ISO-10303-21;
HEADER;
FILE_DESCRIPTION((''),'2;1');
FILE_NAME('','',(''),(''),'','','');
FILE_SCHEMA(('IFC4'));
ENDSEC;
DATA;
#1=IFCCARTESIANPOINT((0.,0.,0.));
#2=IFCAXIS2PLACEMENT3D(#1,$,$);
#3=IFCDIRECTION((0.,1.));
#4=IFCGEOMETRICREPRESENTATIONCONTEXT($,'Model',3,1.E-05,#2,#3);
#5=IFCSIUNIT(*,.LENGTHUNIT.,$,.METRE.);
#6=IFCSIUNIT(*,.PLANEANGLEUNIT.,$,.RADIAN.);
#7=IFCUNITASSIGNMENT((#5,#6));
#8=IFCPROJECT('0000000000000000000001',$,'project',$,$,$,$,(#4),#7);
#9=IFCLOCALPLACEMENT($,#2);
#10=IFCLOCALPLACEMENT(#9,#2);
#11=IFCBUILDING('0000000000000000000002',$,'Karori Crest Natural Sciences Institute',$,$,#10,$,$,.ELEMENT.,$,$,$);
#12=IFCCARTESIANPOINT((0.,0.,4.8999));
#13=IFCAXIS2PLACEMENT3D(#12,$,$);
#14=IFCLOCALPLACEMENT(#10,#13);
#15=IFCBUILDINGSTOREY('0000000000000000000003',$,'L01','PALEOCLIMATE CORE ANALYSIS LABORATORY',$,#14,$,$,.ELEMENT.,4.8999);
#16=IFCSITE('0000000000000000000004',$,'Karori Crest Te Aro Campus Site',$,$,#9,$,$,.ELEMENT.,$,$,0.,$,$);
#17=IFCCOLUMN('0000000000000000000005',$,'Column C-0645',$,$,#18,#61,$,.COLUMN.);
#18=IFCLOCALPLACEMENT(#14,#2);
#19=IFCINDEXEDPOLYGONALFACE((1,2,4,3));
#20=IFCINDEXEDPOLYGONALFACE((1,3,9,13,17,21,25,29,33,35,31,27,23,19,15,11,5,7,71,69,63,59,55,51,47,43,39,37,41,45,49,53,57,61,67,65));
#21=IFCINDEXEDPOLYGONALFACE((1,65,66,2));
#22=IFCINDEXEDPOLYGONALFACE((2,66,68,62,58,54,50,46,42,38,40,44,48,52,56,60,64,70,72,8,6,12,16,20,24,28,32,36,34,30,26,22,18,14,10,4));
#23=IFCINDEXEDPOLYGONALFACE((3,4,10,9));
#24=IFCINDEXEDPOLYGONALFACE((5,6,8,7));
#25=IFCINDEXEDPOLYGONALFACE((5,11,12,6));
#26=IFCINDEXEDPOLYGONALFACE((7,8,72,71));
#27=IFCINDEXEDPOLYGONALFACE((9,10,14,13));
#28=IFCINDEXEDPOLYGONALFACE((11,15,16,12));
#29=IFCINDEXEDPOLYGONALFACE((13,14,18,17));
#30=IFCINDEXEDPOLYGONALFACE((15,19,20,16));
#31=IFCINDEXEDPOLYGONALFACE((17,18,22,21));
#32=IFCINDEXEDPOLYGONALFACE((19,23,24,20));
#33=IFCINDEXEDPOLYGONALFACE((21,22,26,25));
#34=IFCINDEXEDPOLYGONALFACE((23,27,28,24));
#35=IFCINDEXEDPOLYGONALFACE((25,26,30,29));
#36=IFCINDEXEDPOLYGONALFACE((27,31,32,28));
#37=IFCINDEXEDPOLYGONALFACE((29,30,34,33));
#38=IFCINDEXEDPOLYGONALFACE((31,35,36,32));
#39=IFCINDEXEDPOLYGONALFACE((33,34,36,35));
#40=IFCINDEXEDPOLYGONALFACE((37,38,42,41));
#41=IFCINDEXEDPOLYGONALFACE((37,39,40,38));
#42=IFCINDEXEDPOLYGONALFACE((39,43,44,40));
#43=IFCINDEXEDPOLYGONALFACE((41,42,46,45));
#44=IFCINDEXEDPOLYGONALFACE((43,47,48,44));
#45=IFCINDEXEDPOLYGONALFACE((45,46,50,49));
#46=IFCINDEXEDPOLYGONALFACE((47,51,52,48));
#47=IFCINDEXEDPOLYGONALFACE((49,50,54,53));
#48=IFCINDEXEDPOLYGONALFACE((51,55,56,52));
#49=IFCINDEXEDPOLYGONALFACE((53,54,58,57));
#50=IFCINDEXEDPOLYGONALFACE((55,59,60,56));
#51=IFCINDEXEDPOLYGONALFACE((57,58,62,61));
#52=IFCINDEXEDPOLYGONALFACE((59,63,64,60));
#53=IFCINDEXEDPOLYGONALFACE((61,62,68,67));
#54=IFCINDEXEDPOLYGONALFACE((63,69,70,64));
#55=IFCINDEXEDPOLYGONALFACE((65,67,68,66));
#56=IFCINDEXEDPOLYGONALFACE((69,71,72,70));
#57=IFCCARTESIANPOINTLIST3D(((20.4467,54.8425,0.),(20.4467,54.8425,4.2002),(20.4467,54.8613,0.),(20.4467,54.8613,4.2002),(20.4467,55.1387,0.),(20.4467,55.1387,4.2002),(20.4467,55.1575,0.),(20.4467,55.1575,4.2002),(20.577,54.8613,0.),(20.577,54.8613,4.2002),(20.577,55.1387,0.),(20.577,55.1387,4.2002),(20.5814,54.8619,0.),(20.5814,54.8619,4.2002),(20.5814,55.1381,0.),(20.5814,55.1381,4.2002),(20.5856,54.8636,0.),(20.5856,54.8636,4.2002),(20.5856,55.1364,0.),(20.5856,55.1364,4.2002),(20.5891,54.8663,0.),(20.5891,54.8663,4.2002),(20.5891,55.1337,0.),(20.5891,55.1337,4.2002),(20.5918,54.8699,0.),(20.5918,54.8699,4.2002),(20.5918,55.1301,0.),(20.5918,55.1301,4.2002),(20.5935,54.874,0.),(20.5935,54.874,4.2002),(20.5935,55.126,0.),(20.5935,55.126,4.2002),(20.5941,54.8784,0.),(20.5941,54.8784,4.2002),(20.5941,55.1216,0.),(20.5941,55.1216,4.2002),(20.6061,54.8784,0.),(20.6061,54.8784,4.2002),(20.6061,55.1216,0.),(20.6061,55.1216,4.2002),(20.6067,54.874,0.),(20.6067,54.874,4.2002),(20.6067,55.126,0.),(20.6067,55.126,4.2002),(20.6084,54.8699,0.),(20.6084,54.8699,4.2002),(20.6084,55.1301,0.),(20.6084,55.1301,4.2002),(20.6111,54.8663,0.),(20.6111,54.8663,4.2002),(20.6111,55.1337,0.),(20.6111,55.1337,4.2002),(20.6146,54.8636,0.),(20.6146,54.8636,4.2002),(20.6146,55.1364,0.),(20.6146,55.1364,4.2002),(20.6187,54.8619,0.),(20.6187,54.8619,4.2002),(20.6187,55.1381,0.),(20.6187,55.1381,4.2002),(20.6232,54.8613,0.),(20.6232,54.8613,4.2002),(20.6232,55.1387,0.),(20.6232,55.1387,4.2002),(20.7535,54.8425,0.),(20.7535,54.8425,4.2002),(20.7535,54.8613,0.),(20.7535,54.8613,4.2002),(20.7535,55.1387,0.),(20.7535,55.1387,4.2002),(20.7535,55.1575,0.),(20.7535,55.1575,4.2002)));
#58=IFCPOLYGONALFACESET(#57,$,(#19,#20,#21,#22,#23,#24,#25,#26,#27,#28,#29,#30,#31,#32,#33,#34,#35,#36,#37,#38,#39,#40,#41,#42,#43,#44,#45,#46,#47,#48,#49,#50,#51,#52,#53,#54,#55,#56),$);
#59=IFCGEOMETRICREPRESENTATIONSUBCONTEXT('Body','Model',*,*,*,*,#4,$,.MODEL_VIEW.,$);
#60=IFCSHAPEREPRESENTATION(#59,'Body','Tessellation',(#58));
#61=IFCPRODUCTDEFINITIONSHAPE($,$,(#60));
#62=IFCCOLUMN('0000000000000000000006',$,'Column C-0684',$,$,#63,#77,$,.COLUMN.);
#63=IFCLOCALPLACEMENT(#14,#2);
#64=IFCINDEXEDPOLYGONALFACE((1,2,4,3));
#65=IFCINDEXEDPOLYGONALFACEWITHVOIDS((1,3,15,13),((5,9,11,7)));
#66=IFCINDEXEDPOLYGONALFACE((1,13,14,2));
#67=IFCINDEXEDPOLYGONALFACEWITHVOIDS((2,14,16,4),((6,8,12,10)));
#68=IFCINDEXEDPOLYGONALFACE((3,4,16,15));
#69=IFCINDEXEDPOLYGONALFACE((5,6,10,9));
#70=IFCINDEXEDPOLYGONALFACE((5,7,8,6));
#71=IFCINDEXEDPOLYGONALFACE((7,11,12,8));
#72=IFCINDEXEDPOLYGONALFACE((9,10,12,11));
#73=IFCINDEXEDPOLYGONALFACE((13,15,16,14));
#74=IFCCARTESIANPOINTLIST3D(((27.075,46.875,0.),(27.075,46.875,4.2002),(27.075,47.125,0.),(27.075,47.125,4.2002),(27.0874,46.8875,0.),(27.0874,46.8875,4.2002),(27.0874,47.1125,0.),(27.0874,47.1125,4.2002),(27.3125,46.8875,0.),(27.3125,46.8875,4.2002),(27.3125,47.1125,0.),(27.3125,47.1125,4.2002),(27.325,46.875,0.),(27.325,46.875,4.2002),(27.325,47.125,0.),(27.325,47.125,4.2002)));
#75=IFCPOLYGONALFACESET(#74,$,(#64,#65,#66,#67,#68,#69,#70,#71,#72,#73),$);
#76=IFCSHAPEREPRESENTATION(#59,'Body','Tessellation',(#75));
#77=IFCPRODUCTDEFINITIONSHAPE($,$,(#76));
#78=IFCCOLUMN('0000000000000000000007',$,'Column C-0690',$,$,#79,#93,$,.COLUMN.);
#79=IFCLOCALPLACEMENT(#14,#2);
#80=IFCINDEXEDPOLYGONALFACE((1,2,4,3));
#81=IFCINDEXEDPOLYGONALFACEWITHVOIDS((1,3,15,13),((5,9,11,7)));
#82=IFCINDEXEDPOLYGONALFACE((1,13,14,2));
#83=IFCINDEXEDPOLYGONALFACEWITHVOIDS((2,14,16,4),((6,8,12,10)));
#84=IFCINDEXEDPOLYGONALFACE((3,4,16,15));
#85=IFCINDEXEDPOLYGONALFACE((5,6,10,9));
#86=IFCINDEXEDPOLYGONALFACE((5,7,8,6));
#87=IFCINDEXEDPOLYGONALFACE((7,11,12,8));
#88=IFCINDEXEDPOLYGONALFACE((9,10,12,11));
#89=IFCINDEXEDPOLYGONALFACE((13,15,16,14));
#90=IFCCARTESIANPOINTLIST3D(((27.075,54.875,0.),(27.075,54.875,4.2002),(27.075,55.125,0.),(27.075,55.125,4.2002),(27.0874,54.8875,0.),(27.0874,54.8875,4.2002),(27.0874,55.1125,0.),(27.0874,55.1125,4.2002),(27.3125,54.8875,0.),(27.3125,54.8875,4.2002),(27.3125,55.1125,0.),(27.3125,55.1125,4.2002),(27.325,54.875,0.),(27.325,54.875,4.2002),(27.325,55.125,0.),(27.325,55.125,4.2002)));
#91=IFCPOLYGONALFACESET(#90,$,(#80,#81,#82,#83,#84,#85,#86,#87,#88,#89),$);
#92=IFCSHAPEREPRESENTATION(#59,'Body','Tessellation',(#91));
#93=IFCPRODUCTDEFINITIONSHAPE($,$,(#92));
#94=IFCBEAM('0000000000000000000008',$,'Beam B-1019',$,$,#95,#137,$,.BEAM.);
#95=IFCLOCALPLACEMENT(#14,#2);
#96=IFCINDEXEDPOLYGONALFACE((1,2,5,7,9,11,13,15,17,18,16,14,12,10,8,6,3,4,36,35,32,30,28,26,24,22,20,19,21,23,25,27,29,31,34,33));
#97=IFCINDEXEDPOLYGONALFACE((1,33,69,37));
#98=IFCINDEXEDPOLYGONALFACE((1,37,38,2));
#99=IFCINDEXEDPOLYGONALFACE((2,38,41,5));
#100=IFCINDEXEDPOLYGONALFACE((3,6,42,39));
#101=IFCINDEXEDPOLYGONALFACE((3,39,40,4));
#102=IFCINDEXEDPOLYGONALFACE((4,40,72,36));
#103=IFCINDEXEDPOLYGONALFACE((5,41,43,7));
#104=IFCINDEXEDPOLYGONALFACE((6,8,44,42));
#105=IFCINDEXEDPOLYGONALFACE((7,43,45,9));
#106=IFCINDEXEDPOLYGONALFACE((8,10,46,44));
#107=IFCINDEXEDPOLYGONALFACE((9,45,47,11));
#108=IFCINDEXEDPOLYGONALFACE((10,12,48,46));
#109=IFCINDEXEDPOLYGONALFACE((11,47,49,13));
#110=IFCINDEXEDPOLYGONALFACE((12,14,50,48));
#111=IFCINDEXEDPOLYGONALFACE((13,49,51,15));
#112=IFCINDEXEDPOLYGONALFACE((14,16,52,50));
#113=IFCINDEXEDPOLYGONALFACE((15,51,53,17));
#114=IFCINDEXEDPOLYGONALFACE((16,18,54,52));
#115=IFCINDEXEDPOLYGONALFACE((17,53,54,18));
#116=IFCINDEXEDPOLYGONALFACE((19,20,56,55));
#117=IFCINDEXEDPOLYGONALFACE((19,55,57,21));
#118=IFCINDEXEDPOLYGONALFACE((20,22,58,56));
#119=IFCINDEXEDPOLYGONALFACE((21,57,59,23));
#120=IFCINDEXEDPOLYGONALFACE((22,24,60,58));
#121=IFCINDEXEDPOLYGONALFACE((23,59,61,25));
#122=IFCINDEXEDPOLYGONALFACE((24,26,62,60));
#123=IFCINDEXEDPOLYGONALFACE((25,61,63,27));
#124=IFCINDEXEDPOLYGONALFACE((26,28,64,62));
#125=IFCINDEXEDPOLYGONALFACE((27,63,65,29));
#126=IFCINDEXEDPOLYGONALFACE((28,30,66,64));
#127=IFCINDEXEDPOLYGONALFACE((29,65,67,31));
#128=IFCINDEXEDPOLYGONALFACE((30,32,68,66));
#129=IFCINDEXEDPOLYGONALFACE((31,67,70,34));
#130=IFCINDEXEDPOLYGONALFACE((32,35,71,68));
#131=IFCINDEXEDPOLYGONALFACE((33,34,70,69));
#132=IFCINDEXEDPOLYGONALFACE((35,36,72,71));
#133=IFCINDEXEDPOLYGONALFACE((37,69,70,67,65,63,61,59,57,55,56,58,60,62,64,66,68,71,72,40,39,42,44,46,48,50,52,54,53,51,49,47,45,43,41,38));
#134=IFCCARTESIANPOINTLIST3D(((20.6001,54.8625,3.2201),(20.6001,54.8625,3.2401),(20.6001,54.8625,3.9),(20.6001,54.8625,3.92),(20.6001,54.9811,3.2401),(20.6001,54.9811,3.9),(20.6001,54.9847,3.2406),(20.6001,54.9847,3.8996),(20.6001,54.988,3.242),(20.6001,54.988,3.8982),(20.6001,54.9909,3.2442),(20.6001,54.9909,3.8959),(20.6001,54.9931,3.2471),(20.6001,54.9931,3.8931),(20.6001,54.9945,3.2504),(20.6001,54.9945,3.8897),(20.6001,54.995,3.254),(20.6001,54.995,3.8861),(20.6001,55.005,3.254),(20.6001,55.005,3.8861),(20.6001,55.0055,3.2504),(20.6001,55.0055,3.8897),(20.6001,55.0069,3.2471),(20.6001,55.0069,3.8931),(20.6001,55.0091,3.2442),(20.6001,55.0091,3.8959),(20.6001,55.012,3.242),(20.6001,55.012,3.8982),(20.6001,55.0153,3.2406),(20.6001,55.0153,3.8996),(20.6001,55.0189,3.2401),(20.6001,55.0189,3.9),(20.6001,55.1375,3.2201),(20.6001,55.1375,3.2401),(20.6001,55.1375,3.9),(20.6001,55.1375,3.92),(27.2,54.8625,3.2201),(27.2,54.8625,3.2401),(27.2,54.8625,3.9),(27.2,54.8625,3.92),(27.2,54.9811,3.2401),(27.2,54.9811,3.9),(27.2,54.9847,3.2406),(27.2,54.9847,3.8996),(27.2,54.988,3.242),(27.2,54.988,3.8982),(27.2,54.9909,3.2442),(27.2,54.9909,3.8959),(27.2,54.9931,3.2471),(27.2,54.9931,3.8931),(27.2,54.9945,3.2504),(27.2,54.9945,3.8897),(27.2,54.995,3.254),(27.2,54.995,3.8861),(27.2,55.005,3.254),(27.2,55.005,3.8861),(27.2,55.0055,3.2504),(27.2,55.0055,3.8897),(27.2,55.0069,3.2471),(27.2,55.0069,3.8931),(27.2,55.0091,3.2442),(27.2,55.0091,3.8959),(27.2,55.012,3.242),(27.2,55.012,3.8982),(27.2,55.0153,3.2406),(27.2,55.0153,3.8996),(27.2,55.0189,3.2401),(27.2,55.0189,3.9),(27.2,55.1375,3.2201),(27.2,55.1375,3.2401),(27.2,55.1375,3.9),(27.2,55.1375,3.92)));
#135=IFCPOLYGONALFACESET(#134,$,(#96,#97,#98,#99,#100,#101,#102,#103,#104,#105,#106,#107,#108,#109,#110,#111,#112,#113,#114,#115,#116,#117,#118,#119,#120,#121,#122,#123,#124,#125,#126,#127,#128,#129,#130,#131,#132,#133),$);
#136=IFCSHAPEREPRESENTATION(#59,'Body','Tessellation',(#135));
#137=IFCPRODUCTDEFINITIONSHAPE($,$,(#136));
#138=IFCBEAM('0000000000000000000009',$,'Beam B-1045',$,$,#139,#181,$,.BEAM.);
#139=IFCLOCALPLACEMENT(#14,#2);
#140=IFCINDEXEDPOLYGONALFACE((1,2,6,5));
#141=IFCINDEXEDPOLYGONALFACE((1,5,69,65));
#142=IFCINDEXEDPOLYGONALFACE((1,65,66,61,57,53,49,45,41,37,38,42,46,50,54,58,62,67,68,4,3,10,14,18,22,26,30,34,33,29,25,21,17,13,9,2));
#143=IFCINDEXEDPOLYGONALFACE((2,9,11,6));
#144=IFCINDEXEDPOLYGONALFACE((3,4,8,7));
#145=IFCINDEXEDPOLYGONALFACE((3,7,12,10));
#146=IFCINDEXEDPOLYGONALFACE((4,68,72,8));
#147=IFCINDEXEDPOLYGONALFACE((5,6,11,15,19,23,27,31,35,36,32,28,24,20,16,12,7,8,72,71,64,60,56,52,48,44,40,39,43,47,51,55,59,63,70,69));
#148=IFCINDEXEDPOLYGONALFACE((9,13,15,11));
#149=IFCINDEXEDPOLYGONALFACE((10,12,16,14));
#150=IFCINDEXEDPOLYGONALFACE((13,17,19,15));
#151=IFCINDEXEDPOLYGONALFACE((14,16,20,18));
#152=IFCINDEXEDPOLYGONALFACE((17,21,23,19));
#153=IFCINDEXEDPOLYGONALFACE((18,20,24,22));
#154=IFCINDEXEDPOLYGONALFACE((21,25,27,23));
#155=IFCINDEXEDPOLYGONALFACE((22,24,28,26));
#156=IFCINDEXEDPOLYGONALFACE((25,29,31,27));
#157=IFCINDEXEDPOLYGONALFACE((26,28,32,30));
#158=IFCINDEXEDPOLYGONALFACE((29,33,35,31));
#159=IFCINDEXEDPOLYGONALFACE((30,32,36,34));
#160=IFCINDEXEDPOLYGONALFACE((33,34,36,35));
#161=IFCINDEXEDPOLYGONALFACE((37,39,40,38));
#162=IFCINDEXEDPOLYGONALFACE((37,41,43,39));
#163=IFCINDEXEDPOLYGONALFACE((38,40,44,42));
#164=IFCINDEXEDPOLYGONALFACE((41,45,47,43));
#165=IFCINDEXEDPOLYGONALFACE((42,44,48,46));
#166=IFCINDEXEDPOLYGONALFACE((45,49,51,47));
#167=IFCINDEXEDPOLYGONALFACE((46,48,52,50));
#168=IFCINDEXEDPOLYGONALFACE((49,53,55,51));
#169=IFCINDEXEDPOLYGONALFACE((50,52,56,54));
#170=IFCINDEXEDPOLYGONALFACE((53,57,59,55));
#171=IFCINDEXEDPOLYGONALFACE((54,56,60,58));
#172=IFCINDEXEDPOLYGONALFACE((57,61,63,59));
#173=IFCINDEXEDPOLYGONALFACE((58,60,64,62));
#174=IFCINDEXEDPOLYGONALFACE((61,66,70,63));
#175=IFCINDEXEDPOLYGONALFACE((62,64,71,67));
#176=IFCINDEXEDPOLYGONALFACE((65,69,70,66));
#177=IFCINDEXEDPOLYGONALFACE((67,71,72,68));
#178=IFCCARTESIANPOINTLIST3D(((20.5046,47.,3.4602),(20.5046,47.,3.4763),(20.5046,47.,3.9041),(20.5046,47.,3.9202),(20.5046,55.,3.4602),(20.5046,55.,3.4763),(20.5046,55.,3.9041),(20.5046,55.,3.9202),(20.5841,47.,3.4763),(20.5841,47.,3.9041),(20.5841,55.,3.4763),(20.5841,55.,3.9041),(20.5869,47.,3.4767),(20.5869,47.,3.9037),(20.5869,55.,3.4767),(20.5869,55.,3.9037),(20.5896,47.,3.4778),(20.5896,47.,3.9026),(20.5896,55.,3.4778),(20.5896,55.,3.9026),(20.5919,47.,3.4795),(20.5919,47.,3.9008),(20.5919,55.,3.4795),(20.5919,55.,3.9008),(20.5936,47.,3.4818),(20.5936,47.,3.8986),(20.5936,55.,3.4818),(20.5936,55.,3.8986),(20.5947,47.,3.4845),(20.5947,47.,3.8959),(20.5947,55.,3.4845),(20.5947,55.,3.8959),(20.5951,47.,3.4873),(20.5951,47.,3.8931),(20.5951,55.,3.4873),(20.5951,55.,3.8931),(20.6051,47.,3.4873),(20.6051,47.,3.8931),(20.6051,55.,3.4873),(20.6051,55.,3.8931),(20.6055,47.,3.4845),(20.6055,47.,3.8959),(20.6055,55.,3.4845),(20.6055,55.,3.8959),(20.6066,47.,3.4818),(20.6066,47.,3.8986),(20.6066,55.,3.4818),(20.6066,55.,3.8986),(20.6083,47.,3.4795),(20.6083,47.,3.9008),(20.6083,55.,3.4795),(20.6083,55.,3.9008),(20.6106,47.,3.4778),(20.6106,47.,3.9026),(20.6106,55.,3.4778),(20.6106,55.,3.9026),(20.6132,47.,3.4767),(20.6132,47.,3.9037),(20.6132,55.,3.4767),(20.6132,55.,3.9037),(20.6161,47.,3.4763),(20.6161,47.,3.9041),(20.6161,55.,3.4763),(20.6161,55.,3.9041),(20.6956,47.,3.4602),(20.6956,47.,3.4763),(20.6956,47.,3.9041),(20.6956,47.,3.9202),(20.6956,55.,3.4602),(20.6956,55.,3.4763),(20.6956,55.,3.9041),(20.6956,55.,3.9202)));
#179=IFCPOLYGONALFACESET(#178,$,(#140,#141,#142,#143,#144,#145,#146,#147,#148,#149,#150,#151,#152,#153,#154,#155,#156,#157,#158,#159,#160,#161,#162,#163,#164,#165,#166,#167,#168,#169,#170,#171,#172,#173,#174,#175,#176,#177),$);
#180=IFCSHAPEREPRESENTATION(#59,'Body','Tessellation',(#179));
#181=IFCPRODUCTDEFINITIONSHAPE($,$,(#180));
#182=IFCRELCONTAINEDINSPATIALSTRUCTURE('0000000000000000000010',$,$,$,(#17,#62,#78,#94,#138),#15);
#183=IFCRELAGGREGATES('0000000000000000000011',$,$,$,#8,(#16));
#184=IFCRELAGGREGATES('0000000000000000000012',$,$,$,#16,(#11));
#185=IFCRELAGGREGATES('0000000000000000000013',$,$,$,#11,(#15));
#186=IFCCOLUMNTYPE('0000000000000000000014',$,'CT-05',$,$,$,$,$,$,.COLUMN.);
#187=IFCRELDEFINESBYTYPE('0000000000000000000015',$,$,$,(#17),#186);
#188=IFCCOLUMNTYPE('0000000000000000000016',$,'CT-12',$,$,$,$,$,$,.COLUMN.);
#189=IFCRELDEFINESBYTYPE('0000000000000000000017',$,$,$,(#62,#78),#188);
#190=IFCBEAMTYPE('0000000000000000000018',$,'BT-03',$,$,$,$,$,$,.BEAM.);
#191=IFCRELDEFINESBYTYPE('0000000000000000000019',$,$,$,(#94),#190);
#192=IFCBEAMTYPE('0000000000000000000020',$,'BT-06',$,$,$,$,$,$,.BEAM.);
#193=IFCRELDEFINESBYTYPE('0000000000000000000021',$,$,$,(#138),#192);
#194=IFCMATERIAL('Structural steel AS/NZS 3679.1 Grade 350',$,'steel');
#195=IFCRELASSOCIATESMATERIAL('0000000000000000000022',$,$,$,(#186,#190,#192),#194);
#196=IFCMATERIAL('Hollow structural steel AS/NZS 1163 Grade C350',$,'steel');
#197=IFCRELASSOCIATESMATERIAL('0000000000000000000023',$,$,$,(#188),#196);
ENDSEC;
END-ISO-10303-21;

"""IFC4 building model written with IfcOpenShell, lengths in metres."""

from ifc_helpers import new_model, si_unit, direction, frame, origin, origin_2d, place, context, subcontext, project, spatial, hollow_rectangle, i_section, extrude, material, material_profile, profile_set, type_object, element, save


model = new_model("IFC4")

# Units and contexts
model_context = context("Model", 3, precision=1e-05, world=origin(), true_north=direction((0.0, 1.0)))
body_context = subcontext(model_context, "Body", "Model", "MODEL_VIEW")
ifc_project = project(units=[si_unit("LENGTHUNIT", "METRE"), si_unit("PLANEANGLEUNIT", "RADIAN")], contexts=[model_context])

# Site, building, storey
site_placement = place(None, origin())
site = spatial("IfcSite", under=ifc_project, at=site_placement, Name="Karori Crest Te Aro Campus Site", CompositionType="ELEMENT", RefElevation=0.0)
building_placement = place(site_placement, origin())
building = spatial("IfcBuilding", under=site, at=building_placement, Name="Karori Crest Natural Sciences Institute", CompositionType="ELEMENT")
storey_placement = place(building_placement, frame((0.0, 0.0, 4.8999)))
storey = spatial("IfcBuildingStorey", under=building, at=storey_placement, Name="L01", Description="PALEOCLIMATE CORE ANALYSIS LABORATORY", CompositionType="ELEMENT", Elevation=4.8999)

# Columns
ifc_material_1 = material(Name="Structural steel AS/NZS 3679.1 Grade 350", Category="steel")
ifc_material_profile_1 = material_profile(ifc_material_1, i_section(OverallWidth=0.3069, OverallDepth=0.3149, WebThickness=0.012, FlangeThickness=0.0188, FilletRadius=0.0171, at=origin_2d()), Name="310UC118")
ifc_profile_set_1 = profile_set([ifc_material_profile_1], Name="Structural steel AS/NZS 3679.1 Grade 350")
column_type_1 = type_object("IfcColumnType", Name="CT-05", PredefinedType="COLUMN", material=ifc_profile_set_1)
column_placement = place(storey_placement, frame((20.6001, 55.0, 0.0), z_axis=(0.0, 0.0, 1.0), x_axis=(1.0, 0.0, 0.0)))
element("IfcColumn", 1, at=column_placement, inside=storey, type_object=column_type_1, Name="Column C-0645", PredefinedType="COLUMN", context=body_context, shape_type="SweptSolid", body=[
    extrude(i_section(OverallWidth=0.3069, OverallDepth=0.3149, WebThickness=0.012, FlangeThickness=0.0188, FilletRadius=0.0171, at=origin_2d()), origin(), (0.0, 0.0, 1.0), 4.2002),
])
ifc_material_2 = material(Name="Hollow structural steel AS/NZS 1163 Grade C350", Category="steel")
ifc_material_profile_2 = material_profile(ifc_material_2, hollow_rectangle(XDim=0.25, YDim=0.25, WallThickness=0.0125, at=origin_2d()), Name="SHS250x250x12.5")
ifc_profile_set_2 = profile_set([ifc_material_profile_2], Name="Hollow structural steel AS/NZS 1163 Grade C350")
column_type_2 = type_object("IfcColumnType", Name="CT-12", PredefinedType="COLUMN", material=ifc_profile_set_2)
for number, where, z_axis, x_axis, name in (
    (2, (27.2, 47.0, 0.0), (0.0, 0.0, 1.0), (1.0, 0.0, 0.0), "Column C-0684"),
    (3, (27.2, 55.0, 0.0), (0.0, 0.0, 1.0), (1.0, 0.0, 0.0), "Column C-0690"),
):
    element("IfcColumn", number, at=place(storey_placement, frame(where, z_axis=z_axis, x_axis=x_axis)), inside=storey, type_object=column_type_2, Name=name, PredefinedType="COLUMN", context=body_context, shape_type="SweptSolid", body=[
        extrude(hollow_rectangle(XDim=0.25, YDim=0.25, WallThickness=0.0125, at=origin_2d()), origin(), (0.0, 0.0, 1.0), 4.2002),
    ])

# Beams
ifc_material_profile_3 = material_profile(ifc_material_1, i_section(OverallWidth=0.2749, OverallDepth=0.7, WebThickness=0.01, FlangeThickness=0.02, FilletRadius=0.0139, at=origin_2d()), Name="700WB150")
ifc_profile_set_3 = profile_set([ifc_material_profile_3], Name="Structural steel AS/NZS 3679.1 Grade 350")
beam_type_1 = type_object("IfcBeamType", Name="BT-03", PredefinedType="BEAM", material=ifc_profile_set_3)
beam_1_placement = place(storey_placement, frame((20.6001, 55.0, 3.5701), z_axis=(1.0, 0.0, 0.0), x_axis=(0.0, 1.0, 0.0)))
element("IfcBeam", 4, at=beam_1_placement, inside=storey, type_object=beam_type_1, Name="Beam B-1019", PredefinedType="BEAM", context=body_context, shape_type="SweptSolid", body=[
    extrude(i_section(OverallWidth=0.2749, OverallDepth=0.7, WebThickness=0.01, FlangeThickness=0.02, FilletRadius=0.0139, at=origin_2d()), origin(), (0.0, 0.0, 1.0), 6.5999),
])
ifc_material_profile_4 = material_profile(ifc_material_1, i_section(OverallWidth=0.1909, OverallDepth=0.46, WebThickness=0.01, FlangeThickness=0.0161, FilletRadius=0.011, at=origin_2d()), Name="460UB82.1")
ifc_profile_set_4 = profile_set([ifc_material_profile_4], Name="Structural steel AS/NZS 3679.1 Grade 350")
beam_type_2 = type_object("IfcBeamType", Name="BT-06", PredefinedType="BEAM", material=ifc_profile_set_4)
beam_2_placement = place(storey_placement, frame((20.6001, 47.0, 3.6902), z_axis=(0.0, 1.0, 0.0), x_axis=(-1.0, 0.0, 0.0)))
element("IfcBeam", 5, at=beam_2_placement, inside=storey, type_object=beam_type_2, Name="Beam B-1045", PredefinedType="BEAM", context=body_context, shape_type="SweptSolid", body=[
    extrude(i_section(OverallWidth=0.1909, OverallDepth=0.46, WebThickness=0.01, FlangeThickness=0.0161, FilletRadius=0.011, at=origin_2d()), origin(), (0.0, 0.0, 1.0), 8.0),
])

save(model, "model.ifc")
